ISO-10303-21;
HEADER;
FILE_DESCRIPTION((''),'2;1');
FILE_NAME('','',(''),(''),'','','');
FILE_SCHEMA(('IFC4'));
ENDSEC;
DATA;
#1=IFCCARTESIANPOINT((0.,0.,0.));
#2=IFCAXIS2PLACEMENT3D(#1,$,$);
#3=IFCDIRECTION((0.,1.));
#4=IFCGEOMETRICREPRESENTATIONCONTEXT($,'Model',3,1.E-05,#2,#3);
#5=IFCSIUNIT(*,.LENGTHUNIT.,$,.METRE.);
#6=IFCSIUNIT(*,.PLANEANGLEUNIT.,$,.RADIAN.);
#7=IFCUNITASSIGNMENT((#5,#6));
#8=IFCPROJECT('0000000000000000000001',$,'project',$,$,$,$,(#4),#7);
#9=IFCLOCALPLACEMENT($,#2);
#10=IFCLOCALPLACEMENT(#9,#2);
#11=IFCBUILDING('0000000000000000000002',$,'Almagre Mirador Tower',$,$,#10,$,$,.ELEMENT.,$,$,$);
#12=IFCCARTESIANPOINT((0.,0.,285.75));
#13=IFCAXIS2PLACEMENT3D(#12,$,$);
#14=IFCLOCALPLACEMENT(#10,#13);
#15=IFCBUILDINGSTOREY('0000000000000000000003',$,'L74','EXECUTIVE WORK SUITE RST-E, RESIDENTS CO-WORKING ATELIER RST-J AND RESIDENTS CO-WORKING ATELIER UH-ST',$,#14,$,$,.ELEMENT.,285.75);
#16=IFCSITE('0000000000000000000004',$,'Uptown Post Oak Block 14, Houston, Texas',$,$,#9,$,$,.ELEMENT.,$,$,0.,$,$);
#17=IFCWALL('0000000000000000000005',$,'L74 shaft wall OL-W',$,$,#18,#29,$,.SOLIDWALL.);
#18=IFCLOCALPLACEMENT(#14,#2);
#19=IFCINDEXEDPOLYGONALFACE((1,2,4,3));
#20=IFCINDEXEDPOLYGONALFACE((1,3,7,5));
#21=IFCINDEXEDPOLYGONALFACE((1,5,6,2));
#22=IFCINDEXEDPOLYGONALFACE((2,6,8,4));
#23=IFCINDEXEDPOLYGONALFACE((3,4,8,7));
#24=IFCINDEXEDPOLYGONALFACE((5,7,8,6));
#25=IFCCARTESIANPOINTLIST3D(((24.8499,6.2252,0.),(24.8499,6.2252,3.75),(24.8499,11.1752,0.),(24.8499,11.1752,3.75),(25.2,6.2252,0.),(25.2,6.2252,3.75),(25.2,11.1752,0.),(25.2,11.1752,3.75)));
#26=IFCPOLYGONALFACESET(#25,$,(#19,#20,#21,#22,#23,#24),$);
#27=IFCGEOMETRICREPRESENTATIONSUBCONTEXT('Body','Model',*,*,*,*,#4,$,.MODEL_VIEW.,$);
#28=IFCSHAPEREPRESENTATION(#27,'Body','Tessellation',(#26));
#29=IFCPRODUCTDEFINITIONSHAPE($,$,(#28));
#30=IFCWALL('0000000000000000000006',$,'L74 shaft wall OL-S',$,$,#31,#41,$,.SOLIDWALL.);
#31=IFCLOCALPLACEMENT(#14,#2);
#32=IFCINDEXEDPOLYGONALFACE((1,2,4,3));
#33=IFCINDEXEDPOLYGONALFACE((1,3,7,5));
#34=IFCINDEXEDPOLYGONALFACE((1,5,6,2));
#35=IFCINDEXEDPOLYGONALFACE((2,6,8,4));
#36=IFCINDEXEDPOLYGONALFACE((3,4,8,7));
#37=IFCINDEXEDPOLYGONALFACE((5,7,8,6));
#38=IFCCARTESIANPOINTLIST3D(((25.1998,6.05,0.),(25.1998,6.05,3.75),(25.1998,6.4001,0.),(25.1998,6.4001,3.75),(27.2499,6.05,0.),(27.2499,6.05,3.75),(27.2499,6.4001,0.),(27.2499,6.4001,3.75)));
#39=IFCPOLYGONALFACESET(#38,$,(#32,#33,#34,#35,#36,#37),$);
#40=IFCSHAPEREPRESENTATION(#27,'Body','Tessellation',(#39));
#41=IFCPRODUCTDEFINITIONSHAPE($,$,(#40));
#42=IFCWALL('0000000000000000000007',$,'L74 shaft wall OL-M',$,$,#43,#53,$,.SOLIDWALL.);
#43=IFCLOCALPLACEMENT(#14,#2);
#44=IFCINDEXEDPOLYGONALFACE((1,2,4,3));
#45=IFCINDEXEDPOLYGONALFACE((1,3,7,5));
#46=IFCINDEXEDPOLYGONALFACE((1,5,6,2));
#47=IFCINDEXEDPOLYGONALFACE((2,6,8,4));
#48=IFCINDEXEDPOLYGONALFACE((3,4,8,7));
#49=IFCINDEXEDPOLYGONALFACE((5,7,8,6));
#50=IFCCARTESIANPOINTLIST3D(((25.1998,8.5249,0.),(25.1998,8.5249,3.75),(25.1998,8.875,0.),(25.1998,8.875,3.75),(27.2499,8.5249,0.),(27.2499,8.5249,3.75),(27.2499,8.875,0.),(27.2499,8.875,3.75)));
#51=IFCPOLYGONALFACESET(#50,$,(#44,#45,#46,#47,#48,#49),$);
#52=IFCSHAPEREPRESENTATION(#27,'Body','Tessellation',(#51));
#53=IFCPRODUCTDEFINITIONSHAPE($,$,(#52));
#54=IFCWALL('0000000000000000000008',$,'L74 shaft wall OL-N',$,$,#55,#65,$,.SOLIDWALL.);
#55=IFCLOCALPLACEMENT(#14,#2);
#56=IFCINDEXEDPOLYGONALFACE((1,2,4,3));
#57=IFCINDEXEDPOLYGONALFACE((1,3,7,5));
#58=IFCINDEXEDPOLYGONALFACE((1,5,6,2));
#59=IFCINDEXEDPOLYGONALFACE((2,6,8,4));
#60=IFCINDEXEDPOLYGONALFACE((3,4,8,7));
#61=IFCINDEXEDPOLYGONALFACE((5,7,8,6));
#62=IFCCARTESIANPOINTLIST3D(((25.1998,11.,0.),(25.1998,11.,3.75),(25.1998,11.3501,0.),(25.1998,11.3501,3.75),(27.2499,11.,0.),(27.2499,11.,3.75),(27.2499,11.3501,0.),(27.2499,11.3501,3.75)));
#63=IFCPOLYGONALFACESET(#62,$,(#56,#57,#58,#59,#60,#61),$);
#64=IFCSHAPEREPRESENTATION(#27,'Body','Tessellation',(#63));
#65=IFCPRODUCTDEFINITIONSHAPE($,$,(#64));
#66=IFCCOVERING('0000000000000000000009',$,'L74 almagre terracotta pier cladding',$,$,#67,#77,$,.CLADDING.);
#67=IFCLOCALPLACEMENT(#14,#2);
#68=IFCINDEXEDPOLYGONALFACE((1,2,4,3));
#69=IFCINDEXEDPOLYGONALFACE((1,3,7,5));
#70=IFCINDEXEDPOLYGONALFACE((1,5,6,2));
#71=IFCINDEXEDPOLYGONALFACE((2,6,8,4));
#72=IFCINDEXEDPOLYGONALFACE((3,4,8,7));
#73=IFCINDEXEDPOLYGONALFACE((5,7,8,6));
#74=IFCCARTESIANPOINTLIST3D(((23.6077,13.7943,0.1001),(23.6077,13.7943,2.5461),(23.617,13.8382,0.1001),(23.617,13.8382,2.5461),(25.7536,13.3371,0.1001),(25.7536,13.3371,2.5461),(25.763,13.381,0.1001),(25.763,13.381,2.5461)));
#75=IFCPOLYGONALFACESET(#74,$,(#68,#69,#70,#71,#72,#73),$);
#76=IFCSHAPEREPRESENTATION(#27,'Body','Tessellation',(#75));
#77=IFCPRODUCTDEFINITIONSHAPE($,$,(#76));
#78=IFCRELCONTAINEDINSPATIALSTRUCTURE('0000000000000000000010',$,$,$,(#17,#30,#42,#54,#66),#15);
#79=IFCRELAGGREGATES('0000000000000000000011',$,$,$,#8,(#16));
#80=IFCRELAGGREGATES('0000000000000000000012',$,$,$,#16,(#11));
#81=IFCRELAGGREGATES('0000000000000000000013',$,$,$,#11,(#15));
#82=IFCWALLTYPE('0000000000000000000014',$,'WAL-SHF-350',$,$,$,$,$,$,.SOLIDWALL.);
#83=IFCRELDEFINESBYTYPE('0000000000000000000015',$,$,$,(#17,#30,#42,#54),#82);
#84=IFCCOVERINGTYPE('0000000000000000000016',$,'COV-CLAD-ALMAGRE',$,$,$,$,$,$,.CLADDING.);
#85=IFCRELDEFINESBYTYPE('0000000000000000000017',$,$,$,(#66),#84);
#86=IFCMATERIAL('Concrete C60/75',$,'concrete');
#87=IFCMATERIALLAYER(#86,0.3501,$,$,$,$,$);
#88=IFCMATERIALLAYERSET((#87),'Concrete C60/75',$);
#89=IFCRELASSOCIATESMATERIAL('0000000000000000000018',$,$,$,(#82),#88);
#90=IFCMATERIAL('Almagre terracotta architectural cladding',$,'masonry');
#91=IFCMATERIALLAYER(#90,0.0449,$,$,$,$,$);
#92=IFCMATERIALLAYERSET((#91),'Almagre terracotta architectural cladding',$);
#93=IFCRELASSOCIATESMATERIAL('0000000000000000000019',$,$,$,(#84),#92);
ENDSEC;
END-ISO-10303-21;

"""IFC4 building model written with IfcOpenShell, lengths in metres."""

from ifc_helpers import new_model, si_unit, direction, frame, frame_2d, origin, origin_2d, place, context, subcontext, project, spatial, rectangle, extrude, material, layer, layer_set, type_object, element, save


model = new_model("IFC4")

# Units and contexts
model_context = context("Model", 3, precision=1e-05, world=origin(), true_north=direction((0.0, 1.0)))
body_context = subcontext(model_context, "Body", "Model", "MODEL_VIEW")
ifc_project = project(units=[si_unit("LENGTHUNIT", "METRE"), si_unit("PLANEANGLEUNIT", "RADIAN")], contexts=[model_context])

# Site, building, storey
site_placement = place(None, origin())
site = spatial("IfcSite", under=ifc_project, at=site_placement, Name="Uptown Post Oak Block 14, Houston, Texas", CompositionType="ELEMENT", RefElevation=0.0)
building_placement = place(site_placement, origin())
building = spatial("IfcBuilding", under=site, at=building_placement, Name="Almagre Mirador Tower", CompositionType="ELEMENT")
storey_placement = place(building_placement, frame((0.0, 0.0, 285.75)))
storey = spatial("IfcBuildingStorey", under=building, at=storey_placement, Name="L74", Description="EXECUTIVE WORK SUITE RST-E, RESIDENTS CO-WORKING ATELIER RST-J AND RESIDENTS CO-WORKING ATELIER UH-ST", CompositionType="ELEMENT", Elevation=285.75)

# Walls
ifc_material_1 = material(Name="Concrete C60/75", Category="concrete")
ifc_layer_1 = layer(ifc_material_1, 0.3501)
ifc_layer_set_1 = layer_set([ifc_layer_1], Name="Concrete C60/75")
wall_type_1 = type_object("IfcWallType", Name="WAL-SHF-350", PredefinedType="SOLIDWALL", material=ifc_layer_set_1)
wall_1_placement = place(storey_placement, frame((25.0249, 6.2251, 0.0), z_axis=(0.0, 0.0, 1.0), x_axis=(0.0, 1.0, 0.0)))
element("IfcWall", 1, at=wall_1_placement, inside=storey, type_object=wall_type_1, Name="L74 shaft wall OL-W", PredefinedType="SOLIDWALL", context=body_context, shape_type="SweptSolid", body=[
    extrude(rectangle(XDim=4.95, YDim=0.3501, at=frame_2d((2.4751, 0.0))), origin(), (0.0, 0.0, 1.0), 3.75),
])
for number, where, z_axis, x_axis, name in (
    (2, (25.2, 6.2251, 0.0), (0.0, 0.0, 1.0), (1.0, 0.0, 0.0), "L74 shaft wall OL-S"),
    (3, (25.2, 8.7, 0.0), (0.0, 0.0, 1.0), (1.0, 0.0, 0.0), "L74 shaft wall OL-M"),
    (4, (25.2, 11.175, 0.0), (0.0, 0.0, 1.0), (1.0, 0.0, 0.0), "L74 shaft wall OL-N"),
):
    element("IfcWall", number, at=place(storey_placement, frame(where, z_axis=z_axis, x_axis=x_axis)), inside=storey, type_object=wall_type_1, Name=name, PredefinedType="SOLIDWALL", context=body_context, shape_type="SweptSolid", body=[
        extrude(rectangle(XDim=2.05, YDim=0.3501, at=frame_2d((1.0249, 0.0))), origin(), (0.0, 0.0, 1.0), 3.75),
    ])

# Covering
ifc_material_2 = material(Name="Almagre terracotta architectural cladding", Category="masonry")
ifc_layer_2 = layer(ifc_material_2, 0.0449)
ifc_layer_set_2 = layer_set([ifc_layer_2], Name="Almagre terracotta architectural cladding")
covering_type = type_object("IfcCoveringType", Name="COV-CLAD-ALMAGRE", PredefinedType="CLADDING", material=ifc_layer_set_2)
covering_placement = place(storey_placement, frame((24.6853, 13.5876, 0.1001), z_axis=(0.0, 0.0, 1.0), x_axis=(0.978053, -0.208356, 0.0)))
element("IfcCovering", 5, at=covering_placement, inside=storey, type_object=covering_type, Name="L74 almagre terracotta pier cladding", PredefinedType="CLADDING", context=body_context, shape_type="SweptSolid", body=[
    extrude(rectangle(XDim=2.1941, YDim=0.0449, at=origin_2d()), origin(), (0.0, 0.0, 1.0), 2.446),
])

save(model, "model.ifc")
